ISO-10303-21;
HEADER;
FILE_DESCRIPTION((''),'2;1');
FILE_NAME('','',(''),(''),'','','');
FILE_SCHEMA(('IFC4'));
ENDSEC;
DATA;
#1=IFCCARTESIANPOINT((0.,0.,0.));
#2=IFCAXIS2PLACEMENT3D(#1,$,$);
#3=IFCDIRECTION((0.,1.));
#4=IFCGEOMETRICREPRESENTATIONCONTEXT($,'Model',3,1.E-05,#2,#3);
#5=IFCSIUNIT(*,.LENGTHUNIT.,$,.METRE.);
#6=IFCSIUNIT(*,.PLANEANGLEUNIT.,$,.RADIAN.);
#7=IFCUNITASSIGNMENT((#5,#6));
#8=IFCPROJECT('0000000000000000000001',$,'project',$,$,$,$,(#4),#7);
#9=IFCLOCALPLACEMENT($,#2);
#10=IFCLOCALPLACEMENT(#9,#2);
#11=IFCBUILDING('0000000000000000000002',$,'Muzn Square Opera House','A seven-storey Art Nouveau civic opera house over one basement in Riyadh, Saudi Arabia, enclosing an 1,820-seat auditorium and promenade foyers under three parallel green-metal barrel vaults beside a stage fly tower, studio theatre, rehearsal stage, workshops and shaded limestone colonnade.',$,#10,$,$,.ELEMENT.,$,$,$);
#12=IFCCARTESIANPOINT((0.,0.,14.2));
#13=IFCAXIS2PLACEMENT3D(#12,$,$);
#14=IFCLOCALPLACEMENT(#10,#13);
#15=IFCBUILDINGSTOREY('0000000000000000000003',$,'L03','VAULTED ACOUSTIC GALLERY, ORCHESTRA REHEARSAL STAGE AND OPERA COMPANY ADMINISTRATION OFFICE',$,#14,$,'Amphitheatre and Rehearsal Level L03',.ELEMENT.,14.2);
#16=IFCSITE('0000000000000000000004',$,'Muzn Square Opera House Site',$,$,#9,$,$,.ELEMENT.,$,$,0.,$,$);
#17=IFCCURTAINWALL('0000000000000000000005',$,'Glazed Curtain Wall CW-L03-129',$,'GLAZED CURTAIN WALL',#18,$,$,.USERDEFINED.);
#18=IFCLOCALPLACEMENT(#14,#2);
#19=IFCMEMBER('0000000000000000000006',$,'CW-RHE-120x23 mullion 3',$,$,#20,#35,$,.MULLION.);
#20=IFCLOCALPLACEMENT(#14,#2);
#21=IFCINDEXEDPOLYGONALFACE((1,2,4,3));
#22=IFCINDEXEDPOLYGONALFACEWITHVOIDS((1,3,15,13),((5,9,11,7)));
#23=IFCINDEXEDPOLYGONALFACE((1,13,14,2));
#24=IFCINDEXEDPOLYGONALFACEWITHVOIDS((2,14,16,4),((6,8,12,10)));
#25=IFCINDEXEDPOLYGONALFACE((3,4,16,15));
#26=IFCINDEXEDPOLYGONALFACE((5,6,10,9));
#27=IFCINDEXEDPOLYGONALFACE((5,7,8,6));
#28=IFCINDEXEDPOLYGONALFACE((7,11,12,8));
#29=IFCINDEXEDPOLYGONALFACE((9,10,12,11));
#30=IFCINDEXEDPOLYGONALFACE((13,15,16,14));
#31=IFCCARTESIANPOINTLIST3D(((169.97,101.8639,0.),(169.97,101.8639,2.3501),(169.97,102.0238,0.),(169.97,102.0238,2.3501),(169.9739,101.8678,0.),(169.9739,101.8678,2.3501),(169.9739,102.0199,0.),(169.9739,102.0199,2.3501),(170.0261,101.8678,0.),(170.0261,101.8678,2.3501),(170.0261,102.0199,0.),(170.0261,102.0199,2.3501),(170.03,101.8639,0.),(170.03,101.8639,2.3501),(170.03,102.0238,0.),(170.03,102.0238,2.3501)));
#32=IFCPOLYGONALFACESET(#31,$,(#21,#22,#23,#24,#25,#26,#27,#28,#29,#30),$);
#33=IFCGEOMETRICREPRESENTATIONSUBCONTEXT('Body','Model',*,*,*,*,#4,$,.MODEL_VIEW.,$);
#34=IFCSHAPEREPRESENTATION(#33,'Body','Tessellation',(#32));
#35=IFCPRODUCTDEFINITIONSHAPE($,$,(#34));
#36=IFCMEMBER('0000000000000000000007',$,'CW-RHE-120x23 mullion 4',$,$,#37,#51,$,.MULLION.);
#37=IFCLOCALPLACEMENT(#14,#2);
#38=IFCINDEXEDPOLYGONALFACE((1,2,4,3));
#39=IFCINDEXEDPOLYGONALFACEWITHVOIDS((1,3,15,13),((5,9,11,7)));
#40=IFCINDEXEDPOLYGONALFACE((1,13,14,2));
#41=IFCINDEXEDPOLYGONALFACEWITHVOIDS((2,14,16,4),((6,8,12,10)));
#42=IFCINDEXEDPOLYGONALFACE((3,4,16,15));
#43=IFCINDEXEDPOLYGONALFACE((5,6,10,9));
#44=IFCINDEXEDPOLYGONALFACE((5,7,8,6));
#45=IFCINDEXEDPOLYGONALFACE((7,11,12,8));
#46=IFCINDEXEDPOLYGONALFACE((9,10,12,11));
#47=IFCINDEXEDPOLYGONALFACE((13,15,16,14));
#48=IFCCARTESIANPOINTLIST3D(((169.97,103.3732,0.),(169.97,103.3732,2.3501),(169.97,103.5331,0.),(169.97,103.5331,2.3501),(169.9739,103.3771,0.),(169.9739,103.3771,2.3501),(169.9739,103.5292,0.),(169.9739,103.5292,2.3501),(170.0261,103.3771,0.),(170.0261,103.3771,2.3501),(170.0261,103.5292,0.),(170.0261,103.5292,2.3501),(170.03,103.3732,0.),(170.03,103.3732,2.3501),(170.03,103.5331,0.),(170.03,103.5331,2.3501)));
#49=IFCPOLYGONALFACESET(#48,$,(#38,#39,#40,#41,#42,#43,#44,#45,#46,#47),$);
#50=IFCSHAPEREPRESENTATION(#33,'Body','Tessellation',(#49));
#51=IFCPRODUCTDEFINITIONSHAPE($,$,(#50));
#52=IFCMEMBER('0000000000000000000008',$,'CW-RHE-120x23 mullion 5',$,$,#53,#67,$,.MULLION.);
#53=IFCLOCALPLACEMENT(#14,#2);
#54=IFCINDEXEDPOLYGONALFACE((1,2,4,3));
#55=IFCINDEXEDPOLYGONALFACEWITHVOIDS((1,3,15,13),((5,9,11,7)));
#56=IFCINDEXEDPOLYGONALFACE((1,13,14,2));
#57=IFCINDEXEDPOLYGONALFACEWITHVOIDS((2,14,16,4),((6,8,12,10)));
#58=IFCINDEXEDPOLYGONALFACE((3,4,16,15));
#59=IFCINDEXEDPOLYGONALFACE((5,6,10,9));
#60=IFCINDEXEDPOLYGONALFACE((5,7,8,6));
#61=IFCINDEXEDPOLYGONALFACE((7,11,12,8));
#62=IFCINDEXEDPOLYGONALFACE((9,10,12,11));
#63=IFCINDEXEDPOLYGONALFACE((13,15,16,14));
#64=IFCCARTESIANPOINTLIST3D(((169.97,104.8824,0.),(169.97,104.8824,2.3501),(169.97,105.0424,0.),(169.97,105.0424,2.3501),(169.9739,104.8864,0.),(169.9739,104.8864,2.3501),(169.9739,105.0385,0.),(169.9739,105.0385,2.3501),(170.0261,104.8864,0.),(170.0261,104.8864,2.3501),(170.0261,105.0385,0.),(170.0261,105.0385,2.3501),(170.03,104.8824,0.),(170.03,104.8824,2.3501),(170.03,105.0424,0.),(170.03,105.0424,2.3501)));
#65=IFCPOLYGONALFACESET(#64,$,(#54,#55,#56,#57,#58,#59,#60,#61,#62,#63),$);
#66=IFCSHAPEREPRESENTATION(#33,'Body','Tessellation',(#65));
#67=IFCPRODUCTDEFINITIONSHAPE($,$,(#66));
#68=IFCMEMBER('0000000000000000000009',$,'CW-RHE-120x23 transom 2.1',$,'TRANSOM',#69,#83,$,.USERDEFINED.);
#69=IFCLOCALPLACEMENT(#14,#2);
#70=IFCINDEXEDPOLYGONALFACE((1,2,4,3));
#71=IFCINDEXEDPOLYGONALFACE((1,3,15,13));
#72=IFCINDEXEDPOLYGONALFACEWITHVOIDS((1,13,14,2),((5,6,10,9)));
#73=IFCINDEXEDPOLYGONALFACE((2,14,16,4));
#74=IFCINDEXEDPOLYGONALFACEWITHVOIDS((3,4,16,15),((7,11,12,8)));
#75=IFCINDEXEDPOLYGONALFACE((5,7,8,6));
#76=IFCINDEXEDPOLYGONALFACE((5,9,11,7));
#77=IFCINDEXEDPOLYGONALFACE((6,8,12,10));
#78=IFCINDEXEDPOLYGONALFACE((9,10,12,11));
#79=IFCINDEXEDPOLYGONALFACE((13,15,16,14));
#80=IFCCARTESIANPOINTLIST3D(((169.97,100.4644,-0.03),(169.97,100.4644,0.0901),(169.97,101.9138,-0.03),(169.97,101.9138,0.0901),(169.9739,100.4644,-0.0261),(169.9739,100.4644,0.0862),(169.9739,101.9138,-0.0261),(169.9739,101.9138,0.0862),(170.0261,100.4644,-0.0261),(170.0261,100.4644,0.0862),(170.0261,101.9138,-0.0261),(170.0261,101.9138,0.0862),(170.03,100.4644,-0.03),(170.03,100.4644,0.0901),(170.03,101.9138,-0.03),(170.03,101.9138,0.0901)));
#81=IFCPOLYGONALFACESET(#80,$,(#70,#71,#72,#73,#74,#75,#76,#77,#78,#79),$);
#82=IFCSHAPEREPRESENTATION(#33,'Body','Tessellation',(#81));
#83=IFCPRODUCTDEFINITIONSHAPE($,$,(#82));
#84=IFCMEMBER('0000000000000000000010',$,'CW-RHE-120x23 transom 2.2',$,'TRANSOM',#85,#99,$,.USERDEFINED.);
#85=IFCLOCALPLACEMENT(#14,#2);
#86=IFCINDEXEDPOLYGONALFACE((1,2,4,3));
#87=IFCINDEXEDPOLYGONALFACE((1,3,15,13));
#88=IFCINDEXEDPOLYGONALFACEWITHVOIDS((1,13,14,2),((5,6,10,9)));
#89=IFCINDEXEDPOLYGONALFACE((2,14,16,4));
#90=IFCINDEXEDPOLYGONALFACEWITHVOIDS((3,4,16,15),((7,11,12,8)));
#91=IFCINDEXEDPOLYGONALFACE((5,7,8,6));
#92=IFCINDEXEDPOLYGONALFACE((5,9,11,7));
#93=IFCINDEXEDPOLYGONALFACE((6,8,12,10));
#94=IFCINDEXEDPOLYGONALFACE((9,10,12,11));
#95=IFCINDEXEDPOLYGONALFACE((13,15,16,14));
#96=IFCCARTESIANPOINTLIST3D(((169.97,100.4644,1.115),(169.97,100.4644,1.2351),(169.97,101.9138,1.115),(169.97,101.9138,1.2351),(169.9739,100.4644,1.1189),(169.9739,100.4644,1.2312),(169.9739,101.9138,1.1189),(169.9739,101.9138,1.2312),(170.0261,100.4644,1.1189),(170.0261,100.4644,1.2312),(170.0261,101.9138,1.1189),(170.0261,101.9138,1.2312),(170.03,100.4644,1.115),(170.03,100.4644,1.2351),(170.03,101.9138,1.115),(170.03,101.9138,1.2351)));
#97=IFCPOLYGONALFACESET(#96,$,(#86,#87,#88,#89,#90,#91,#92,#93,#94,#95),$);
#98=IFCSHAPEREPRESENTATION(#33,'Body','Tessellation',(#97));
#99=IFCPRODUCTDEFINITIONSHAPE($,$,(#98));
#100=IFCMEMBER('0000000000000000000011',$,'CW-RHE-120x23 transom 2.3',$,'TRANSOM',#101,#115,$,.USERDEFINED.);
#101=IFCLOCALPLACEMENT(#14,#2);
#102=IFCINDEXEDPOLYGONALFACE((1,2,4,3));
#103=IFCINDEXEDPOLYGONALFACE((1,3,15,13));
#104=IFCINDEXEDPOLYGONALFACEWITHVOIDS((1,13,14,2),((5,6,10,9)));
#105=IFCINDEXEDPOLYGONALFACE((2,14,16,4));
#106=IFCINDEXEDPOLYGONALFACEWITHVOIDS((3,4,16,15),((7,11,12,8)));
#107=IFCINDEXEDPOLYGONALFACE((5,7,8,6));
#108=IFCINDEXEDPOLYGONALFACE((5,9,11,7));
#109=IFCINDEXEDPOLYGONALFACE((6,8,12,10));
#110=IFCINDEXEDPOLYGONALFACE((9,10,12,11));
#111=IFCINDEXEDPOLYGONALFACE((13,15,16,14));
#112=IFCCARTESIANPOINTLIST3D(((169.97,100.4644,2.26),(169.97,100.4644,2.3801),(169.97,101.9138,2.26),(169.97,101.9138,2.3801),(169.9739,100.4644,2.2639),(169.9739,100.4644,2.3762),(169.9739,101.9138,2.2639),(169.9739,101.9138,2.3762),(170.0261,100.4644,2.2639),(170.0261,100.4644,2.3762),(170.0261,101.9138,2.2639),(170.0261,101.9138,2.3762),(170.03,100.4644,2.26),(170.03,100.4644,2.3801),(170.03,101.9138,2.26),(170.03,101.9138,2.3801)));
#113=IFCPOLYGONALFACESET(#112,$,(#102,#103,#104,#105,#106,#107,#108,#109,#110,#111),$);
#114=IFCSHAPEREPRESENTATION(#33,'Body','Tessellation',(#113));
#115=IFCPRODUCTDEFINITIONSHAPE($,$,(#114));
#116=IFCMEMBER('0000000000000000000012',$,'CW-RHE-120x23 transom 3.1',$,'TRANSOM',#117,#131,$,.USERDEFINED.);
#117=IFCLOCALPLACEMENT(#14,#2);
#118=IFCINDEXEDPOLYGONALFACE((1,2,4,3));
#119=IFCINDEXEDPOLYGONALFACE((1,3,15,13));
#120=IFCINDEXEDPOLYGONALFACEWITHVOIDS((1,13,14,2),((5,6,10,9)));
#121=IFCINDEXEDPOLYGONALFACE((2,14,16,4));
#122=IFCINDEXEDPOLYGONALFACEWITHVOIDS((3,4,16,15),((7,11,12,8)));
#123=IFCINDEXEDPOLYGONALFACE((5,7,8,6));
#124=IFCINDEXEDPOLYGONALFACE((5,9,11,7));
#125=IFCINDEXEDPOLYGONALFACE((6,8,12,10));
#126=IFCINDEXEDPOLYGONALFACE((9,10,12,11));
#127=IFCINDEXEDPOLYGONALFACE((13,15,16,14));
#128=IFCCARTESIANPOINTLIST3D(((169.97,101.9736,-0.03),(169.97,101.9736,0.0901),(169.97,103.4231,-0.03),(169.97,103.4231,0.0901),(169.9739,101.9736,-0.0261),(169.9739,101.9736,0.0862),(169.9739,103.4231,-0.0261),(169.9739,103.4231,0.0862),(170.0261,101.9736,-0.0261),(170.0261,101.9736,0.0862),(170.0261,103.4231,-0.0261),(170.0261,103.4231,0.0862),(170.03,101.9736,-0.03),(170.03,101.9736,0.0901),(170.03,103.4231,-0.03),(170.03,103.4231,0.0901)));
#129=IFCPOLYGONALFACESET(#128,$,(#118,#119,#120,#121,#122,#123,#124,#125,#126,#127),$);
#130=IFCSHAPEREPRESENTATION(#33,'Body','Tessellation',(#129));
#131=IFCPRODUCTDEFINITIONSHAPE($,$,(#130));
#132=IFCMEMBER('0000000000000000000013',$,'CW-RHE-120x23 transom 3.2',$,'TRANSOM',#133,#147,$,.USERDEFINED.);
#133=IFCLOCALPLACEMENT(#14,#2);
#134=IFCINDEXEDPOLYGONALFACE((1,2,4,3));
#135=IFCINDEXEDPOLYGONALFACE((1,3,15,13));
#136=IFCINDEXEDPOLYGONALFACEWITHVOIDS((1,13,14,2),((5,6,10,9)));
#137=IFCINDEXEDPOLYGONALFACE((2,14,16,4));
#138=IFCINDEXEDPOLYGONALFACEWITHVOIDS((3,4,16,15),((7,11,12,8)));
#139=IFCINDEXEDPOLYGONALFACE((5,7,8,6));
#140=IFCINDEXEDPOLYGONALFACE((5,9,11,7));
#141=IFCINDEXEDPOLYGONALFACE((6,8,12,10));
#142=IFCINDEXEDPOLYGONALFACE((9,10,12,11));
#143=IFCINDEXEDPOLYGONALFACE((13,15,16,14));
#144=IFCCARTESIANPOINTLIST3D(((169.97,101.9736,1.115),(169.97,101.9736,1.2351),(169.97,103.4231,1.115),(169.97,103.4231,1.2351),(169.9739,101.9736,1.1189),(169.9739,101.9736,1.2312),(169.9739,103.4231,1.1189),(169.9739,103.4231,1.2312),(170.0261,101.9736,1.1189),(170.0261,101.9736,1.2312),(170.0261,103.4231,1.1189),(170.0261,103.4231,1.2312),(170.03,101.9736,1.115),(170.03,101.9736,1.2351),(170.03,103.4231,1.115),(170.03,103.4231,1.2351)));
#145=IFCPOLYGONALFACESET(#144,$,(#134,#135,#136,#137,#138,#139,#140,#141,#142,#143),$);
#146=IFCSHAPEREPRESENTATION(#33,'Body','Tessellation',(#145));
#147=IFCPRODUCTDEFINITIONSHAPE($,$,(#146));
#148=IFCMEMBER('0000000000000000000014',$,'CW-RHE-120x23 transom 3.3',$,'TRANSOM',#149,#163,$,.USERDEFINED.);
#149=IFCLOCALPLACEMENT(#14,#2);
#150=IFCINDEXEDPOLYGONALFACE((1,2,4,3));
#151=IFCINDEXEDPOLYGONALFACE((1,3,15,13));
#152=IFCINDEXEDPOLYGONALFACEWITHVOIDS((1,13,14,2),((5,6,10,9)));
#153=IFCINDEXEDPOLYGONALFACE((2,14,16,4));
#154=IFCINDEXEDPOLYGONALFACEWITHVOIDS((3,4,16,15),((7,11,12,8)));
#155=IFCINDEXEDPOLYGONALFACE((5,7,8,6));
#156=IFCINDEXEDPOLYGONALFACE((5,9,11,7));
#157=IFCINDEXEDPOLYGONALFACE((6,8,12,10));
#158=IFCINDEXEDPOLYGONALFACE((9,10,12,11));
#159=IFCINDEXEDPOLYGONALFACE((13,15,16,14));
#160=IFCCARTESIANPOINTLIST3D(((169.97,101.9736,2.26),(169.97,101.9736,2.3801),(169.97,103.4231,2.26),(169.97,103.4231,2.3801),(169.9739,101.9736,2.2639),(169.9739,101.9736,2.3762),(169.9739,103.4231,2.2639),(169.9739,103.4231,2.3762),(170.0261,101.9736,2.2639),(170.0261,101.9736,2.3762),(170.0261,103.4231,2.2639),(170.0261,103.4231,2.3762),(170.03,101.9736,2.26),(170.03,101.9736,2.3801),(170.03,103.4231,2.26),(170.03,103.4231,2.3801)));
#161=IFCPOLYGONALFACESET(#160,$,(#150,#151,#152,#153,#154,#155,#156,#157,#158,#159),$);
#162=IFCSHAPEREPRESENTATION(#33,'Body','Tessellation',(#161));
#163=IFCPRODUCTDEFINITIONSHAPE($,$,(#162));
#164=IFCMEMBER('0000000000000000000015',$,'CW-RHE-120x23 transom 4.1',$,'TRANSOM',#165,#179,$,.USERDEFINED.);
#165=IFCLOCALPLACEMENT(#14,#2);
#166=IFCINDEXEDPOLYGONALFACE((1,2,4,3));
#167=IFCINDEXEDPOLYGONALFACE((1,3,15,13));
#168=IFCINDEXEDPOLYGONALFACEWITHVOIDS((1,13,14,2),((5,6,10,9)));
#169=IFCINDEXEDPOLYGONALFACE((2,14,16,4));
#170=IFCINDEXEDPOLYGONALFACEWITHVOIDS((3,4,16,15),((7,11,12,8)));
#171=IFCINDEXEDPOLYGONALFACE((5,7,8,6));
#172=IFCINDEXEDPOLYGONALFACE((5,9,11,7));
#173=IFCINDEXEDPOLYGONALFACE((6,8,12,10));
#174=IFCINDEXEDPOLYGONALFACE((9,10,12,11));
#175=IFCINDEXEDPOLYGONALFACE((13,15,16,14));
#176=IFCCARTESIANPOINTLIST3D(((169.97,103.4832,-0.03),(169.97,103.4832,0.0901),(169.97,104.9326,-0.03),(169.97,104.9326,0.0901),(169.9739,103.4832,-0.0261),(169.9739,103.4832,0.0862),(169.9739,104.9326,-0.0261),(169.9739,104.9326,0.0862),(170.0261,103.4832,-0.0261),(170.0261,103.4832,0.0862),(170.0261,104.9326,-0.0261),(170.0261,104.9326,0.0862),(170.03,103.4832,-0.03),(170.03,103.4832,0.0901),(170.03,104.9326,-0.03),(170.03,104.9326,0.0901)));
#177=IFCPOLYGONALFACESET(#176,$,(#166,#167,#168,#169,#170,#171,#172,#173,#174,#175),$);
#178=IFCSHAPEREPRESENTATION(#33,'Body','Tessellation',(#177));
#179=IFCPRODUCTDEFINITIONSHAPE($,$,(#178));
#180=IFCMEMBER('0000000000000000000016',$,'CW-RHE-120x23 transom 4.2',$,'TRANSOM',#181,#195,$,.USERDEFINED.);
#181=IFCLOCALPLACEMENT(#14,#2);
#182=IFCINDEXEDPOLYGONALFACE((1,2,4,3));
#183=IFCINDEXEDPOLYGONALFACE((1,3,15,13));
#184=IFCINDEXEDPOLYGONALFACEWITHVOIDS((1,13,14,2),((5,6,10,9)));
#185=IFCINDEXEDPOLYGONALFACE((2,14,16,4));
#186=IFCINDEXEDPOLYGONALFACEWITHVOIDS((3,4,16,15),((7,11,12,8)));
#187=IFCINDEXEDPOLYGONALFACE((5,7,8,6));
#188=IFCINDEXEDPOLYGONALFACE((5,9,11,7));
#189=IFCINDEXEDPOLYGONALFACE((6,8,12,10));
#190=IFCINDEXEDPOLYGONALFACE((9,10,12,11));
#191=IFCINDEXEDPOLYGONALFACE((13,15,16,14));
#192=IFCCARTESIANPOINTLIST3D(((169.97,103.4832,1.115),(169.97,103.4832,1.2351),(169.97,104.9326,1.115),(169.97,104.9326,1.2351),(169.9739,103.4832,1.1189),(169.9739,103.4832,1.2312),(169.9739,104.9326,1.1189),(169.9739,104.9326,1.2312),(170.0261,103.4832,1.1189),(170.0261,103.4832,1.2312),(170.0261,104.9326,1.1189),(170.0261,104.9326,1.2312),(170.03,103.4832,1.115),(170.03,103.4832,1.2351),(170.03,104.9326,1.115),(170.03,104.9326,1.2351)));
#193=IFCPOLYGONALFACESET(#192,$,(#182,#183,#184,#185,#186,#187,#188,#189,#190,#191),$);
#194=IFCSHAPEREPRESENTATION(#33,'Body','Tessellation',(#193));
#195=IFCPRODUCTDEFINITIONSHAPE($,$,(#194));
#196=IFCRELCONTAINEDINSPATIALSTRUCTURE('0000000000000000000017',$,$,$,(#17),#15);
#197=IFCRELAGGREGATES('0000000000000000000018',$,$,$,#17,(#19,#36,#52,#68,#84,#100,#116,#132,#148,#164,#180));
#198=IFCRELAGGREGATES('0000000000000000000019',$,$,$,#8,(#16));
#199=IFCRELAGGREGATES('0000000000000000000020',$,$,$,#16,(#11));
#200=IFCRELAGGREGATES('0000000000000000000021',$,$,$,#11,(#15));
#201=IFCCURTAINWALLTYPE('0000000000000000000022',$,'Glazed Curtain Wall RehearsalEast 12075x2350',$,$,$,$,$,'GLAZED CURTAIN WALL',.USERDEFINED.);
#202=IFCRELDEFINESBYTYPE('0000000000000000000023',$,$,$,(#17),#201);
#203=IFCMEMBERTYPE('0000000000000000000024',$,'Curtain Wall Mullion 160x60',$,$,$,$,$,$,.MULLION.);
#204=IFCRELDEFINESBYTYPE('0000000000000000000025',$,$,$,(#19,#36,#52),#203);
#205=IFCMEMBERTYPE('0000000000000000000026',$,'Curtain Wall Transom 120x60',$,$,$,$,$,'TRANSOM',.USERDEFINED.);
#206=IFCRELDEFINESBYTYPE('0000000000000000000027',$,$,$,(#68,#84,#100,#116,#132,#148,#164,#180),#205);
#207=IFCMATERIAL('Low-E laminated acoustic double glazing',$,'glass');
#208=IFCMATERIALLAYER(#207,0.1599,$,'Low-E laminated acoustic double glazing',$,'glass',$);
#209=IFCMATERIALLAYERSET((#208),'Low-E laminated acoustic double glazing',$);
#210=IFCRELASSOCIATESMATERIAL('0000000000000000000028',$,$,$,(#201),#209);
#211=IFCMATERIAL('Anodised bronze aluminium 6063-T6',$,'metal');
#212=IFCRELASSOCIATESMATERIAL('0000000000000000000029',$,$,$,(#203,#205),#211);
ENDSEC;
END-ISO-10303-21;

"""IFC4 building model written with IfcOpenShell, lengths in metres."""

from ifc_helpers import new_model, si_unit, direction, frame, origin, origin_2d, place, context, subcontext, project, spatial, hollow_rectangle, extrude, material, layer, layer_set, material_profile, profile_set, type_object, element, aggregate, save


model = new_model("IFC4")

# Units and contexts
model_context = context("Model", 3, precision=1e-05, world=origin(), true_north=direction((0.0, 1.0)))
body_context = subcontext(model_context, "Body", "Model", "MODEL_VIEW")
ifc_project = project(units=[si_unit("LENGTHUNIT", "METRE"), si_unit("PLANEANGLEUNIT", "RADIAN")], contexts=[model_context])

# Site, building, storey
site_placement = place(None, origin())
site = spatial("IfcSite", under=ifc_project, at=site_placement, Name="Muzn Square Opera House Site", CompositionType="ELEMENT", RefElevation=0.0)
building_placement = place(site_placement, origin())
building = spatial("IfcBuilding", under=site, at=building_placement, Name="Muzn Square Opera House", Description="A seven-storey Art Nouveau civic opera house over one basement in Riyadh, Saudi Arabia, enclosing an 1,820-seat auditorium and promenade foyers under three parallel green-metal barrel vaults beside a stage fly tower, studio theatre, rehearsal stage, workshops and shaded limestone colonnade.", CompositionType="ELEMENT")
storey_placement = place(building_placement, frame((0.0, 0.0, 14.2)))
storey = spatial("IfcBuildingStorey", under=building, at=storey_placement, Name="L03", Description="VAULTED ACOUSTIC GALLERY, ORCHESTRA REHEARSAL STAGE AND OPERA COMPANY ADMINISTRATION OFFICE", LongName="Amphitheatre and Rehearsal Level L03", CompositionType="ELEMENT", Elevation=14.2)

# Curtain wall, members
ifc_material_1 = material(Name="Low-E laminated acoustic double glazing", Category="glass")
ifc_layer_1 = layer(ifc_material_1, 0.1599, Name="Low-E laminated acoustic double glazing", Category="glass")
ifc_layer_set_1 = layer_set([ifc_layer_1], Name="Low-E laminated acoustic double glazing")
curtain_wall_type = type_object("IfcCurtainWallType", Name="Glazed Curtain Wall RehearsalEast 12075x2350", ElementType="GLAZED CURTAIN WALL", PredefinedType="USERDEFINED", material=ifc_layer_set_1)
curtain_wall_placement = place(storey_placement, origin())
curtain_wall = element("IfcCurtainWall", 1, at=curtain_wall_placement, inside=storey, type_object=curtain_wall_type, Name="Glazed Curtain Wall CW-L03-129", ObjectType="GLAZED CURTAIN WALL", PredefinedType="USERDEFINED")
ifc_material_2 = material(Name="Anodised bronze aluminium 6063-T6", Category="metal")
ifc_material_profile_1 = material_profile(ifc_material_2, hollow_rectangle(XDim=0.0601, YDim=0.1599, WallThickness=0.0039, at=origin_2d()), Name="ALU 160x60x4", Category="metal")
ifc_profile_set_1 = profile_set([ifc_material_profile_1], Name="Anodised bronze aluminium 6063-T6")
member_type_1 = type_object("IfcMemberType", Name="Curtain Wall Mullion 160x60", PredefinedType="MULLION", material=ifc_profile_set_1)
member_1_placement = place(storey_placement, frame((170.0, 101.9438, 0.0), z_axis=(0.0, 0.0, 1.0), x_axis=(-1.0, 0.0, 0.0)))
member_1 = element("IfcMember", 2, at=member_1_placement, type_object=member_type_1, Name="CW-RHE-120x23 mullion 3", PredefinedType="MULLION", context=body_context, shape_type="SweptSolid", body=[
    extrude(hollow_rectangle(XDim=0.0601, YDim=0.1599, WallThickness=0.0039, at=origin_2d()), origin(), (0.0, 0.0, 1.0), 2.3501),
])
member_2_placement = place(storey_placement, frame((170.0, 103.4531, 0.0), z_axis=(0.0, 0.0, 1.0), x_axis=(-1.0, 0.0, 0.0)))
member_2 = element("IfcMember", 3, at=member_2_placement, type_object=member_type_1, Name="CW-RHE-120x23 mullion 4", PredefinedType="MULLION", context=body_context, shape_type="SweptSolid", body=[
    extrude(hollow_rectangle(XDim=0.0601, YDim=0.1599, WallThickness=0.0039, at=origin_2d()), origin(), (0.0, 0.0, 1.0), 2.3501),
])
member_3_placement = place(storey_placement, frame((170.0, 104.9624, 0.0), z_axis=(0.0, 0.0, 1.0), x_axis=(-1.0, 0.0, 0.0)))
member_3 = element("IfcMember", 4, at=member_3_placement, type_object=member_type_1, Name="CW-RHE-120x23 mullion 5", PredefinedType="MULLION", context=body_context, shape_type="SweptSolid", body=[
    extrude(hollow_rectangle(XDim=0.0601, YDim=0.1599, WallThickness=0.0039, at=origin_2d()), origin(), (0.0, 0.0, 1.0), 2.3501),
])
ifc_material_profile_2 = material_profile(ifc_material_2, hollow_rectangle(XDim=0.0601, YDim=0.1201, WallThickness=0.0039, at=origin_2d()), Name="ALU 120x60x4", Category="metal")
ifc_profile_set_2 = profile_set([ifc_material_profile_2], Name="Anodised bronze aluminium 6063-T6")
member_type_2 = type_object("IfcMemberType", Name="Curtain Wall Transom 120x60", ElementType="TRANSOM", PredefinedType="USERDEFINED", material=ifc_profile_set_2)
member_4_placement = place(storey_placement, frame((170.0, 100.4644, 0.03), z_axis=(0.0, 1.0, 0.0), x_axis=(-1.0, 0.0, 0.0)))
member_4 = element("IfcMember", 5, at=member_4_placement, type_object=member_type_2, Name="CW-RHE-120x23 transom 2.1", ObjectType="TRANSOM", PredefinedType="USERDEFINED", context=body_context, shape_type="SweptSolid", body=[
    extrude(hollow_rectangle(XDim=0.0601, YDim=0.1201, WallThickness=0.0039, at=origin_2d()), origin(), (0.0, 0.0, 1.0), 1.4495),
])
member_5_placement = place(storey_placement, frame((170.0, 100.4644, 1.175), z_axis=(0.0, 1.0, 0.0), x_axis=(-1.0, 0.0, 0.0)))
member_5 = element("IfcMember", 6, at=member_5_placement, type_object=member_type_2, Name="CW-RHE-120x23 transom 2.2", ObjectType="TRANSOM", PredefinedType="USERDEFINED", context=body_context, shape_type="SweptSolid", body=[
    extrude(hollow_rectangle(XDim=0.0601, YDim=0.1201, WallThickness=0.0039, at=origin_2d()), origin(), (0.0, 0.0, 1.0), 1.4495),
])
member_6_placement = place(storey_placement, frame((170.0, 100.4644, 2.3201), z_axis=(0.0, 1.0, 0.0), x_axis=(-1.0, 0.0, 0.0)))
member_6 = element("IfcMember", 7, at=member_6_placement, type_object=member_type_2, Name="CW-RHE-120x23 transom 2.3", ObjectType="TRANSOM", PredefinedType="USERDEFINED", context=body_context, shape_type="SweptSolid", body=[
    extrude(hollow_rectangle(XDim=0.0601, YDim=0.1201, WallThickness=0.0039, at=origin_2d()), origin(), (0.0, 0.0, 1.0), 1.4495),
])
member_7_placement = place(storey_placement, frame((170.0, 101.9736, 0.03), z_axis=(0.0, 1.0, 0.0), x_axis=(-1.0, 0.0, 0.0)))
member_7 = element("IfcMember", 8, at=member_7_placement, type_object=member_type_2, Name="CW-RHE-120x23 transom 3.1", ObjectType="TRANSOM", PredefinedType="USERDEFINED", context=body_context, shape_type="SweptSolid", body=[
    extrude(hollow_rectangle(XDim=0.0601, YDim=0.1201, WallThickness=0.0039, at=origin_2d()), origin(), (0.0, 0.0, 1.0), 1.4495),
])
member_8_placement = place(storey_placement, frame((170.0, 101.9736, 1.175), z_axis=(0.0, 1.0, 0.0), x_axis=(-1.0, 0.0, 0.0)))
member_8 = element("IfcMember", 9, at=member_8_placement, type_object=member_type_2, Name="CW-RHE-120x23 transom 3.2", ObjectType="TRANSOM", PredefinedType="USERDEFINED", context=body_context, shape_type="SweptSolid", body=[
    extrude(hollow_rectangle(XDim=0.0601, YDim=0.1201, WallThickness=0.0039, at=origin_2d()), origin(), (0.0, 0.0, 1.0), 1.4495),
])
member_9_placement = place(storey_placement, frame((170.0, 101.9736, 2.3201), z_axis=(0.0, 1.0, 0.0), x_axis=(-1.0, 0.0, 0.0)))
member_9 = element("IfcMember", 10, at=member_9_placement, type_object=member_type_2, Name="CW-RHE-120x23 transom 3.3", ObjectType="TRANSOM", PredefinedType="USERDEFINED", context=body_context, shape_type="SweptSolid", body=[
    extrude(hollow_rectangle(XDim=0.0601, YDim=0.1201, WallThickness=0.0039, at=origin_2d()), origin(), (0.0, 0.0, 1.0), 1.4495),
])
member_10_placement = place(storey_placement, frame((170.0, 103.4832, 0.03), z_axis=(0.0, 1.0, 0.0), x_axis=(-1.0, 0.0, 0.0)))
member_10 = element("IfcMember", 11, at=member_10_placement, type_object=member_type_2, Name="CW-RHE-120x23 transom 4.1", ObjectType="TRANSOM", PredefinedType="USERDEFINED", context=body_context, shape_type="SweptSolid", body=[
    extrude(hollow_rectangle(XDim=0.0601, YDim=0.1201, WallThickness=0.0039, at=origin_2d()), origin(), (0.0, 0.0, 1.0), 1.4495),
])
member_11_placement = place(storey_placement, frame((170.0, 103.4832, 1.175), z_axis=(0.0, 1.0, 0.0), x_axis=(-1.0, 0.0, 0.0)))
member_11 = element("IfcMember", 12, at=member_11_placement, type_object=member_type_2, Name="CW-RHE-120x23 transom 4.2", ObjectType="TRANSOM", PredefinedType="USERDEFINED", context=body_context, shape_type="SweptSolid", body=[
    extrude(hollow_rectangle(XDim=0.0601, YDim=0.1201, WallThickness=0.0039, at=origin_2d()), origin(), (0.0, 0.0, 1.0), 1.4495),
])
aggregate(curtain_wall, [member_1, member_2, member_3, member_4, member_5, member_6, member_7, member_8, member_9, member_10, member_11])

save(model, "model.ifc")
